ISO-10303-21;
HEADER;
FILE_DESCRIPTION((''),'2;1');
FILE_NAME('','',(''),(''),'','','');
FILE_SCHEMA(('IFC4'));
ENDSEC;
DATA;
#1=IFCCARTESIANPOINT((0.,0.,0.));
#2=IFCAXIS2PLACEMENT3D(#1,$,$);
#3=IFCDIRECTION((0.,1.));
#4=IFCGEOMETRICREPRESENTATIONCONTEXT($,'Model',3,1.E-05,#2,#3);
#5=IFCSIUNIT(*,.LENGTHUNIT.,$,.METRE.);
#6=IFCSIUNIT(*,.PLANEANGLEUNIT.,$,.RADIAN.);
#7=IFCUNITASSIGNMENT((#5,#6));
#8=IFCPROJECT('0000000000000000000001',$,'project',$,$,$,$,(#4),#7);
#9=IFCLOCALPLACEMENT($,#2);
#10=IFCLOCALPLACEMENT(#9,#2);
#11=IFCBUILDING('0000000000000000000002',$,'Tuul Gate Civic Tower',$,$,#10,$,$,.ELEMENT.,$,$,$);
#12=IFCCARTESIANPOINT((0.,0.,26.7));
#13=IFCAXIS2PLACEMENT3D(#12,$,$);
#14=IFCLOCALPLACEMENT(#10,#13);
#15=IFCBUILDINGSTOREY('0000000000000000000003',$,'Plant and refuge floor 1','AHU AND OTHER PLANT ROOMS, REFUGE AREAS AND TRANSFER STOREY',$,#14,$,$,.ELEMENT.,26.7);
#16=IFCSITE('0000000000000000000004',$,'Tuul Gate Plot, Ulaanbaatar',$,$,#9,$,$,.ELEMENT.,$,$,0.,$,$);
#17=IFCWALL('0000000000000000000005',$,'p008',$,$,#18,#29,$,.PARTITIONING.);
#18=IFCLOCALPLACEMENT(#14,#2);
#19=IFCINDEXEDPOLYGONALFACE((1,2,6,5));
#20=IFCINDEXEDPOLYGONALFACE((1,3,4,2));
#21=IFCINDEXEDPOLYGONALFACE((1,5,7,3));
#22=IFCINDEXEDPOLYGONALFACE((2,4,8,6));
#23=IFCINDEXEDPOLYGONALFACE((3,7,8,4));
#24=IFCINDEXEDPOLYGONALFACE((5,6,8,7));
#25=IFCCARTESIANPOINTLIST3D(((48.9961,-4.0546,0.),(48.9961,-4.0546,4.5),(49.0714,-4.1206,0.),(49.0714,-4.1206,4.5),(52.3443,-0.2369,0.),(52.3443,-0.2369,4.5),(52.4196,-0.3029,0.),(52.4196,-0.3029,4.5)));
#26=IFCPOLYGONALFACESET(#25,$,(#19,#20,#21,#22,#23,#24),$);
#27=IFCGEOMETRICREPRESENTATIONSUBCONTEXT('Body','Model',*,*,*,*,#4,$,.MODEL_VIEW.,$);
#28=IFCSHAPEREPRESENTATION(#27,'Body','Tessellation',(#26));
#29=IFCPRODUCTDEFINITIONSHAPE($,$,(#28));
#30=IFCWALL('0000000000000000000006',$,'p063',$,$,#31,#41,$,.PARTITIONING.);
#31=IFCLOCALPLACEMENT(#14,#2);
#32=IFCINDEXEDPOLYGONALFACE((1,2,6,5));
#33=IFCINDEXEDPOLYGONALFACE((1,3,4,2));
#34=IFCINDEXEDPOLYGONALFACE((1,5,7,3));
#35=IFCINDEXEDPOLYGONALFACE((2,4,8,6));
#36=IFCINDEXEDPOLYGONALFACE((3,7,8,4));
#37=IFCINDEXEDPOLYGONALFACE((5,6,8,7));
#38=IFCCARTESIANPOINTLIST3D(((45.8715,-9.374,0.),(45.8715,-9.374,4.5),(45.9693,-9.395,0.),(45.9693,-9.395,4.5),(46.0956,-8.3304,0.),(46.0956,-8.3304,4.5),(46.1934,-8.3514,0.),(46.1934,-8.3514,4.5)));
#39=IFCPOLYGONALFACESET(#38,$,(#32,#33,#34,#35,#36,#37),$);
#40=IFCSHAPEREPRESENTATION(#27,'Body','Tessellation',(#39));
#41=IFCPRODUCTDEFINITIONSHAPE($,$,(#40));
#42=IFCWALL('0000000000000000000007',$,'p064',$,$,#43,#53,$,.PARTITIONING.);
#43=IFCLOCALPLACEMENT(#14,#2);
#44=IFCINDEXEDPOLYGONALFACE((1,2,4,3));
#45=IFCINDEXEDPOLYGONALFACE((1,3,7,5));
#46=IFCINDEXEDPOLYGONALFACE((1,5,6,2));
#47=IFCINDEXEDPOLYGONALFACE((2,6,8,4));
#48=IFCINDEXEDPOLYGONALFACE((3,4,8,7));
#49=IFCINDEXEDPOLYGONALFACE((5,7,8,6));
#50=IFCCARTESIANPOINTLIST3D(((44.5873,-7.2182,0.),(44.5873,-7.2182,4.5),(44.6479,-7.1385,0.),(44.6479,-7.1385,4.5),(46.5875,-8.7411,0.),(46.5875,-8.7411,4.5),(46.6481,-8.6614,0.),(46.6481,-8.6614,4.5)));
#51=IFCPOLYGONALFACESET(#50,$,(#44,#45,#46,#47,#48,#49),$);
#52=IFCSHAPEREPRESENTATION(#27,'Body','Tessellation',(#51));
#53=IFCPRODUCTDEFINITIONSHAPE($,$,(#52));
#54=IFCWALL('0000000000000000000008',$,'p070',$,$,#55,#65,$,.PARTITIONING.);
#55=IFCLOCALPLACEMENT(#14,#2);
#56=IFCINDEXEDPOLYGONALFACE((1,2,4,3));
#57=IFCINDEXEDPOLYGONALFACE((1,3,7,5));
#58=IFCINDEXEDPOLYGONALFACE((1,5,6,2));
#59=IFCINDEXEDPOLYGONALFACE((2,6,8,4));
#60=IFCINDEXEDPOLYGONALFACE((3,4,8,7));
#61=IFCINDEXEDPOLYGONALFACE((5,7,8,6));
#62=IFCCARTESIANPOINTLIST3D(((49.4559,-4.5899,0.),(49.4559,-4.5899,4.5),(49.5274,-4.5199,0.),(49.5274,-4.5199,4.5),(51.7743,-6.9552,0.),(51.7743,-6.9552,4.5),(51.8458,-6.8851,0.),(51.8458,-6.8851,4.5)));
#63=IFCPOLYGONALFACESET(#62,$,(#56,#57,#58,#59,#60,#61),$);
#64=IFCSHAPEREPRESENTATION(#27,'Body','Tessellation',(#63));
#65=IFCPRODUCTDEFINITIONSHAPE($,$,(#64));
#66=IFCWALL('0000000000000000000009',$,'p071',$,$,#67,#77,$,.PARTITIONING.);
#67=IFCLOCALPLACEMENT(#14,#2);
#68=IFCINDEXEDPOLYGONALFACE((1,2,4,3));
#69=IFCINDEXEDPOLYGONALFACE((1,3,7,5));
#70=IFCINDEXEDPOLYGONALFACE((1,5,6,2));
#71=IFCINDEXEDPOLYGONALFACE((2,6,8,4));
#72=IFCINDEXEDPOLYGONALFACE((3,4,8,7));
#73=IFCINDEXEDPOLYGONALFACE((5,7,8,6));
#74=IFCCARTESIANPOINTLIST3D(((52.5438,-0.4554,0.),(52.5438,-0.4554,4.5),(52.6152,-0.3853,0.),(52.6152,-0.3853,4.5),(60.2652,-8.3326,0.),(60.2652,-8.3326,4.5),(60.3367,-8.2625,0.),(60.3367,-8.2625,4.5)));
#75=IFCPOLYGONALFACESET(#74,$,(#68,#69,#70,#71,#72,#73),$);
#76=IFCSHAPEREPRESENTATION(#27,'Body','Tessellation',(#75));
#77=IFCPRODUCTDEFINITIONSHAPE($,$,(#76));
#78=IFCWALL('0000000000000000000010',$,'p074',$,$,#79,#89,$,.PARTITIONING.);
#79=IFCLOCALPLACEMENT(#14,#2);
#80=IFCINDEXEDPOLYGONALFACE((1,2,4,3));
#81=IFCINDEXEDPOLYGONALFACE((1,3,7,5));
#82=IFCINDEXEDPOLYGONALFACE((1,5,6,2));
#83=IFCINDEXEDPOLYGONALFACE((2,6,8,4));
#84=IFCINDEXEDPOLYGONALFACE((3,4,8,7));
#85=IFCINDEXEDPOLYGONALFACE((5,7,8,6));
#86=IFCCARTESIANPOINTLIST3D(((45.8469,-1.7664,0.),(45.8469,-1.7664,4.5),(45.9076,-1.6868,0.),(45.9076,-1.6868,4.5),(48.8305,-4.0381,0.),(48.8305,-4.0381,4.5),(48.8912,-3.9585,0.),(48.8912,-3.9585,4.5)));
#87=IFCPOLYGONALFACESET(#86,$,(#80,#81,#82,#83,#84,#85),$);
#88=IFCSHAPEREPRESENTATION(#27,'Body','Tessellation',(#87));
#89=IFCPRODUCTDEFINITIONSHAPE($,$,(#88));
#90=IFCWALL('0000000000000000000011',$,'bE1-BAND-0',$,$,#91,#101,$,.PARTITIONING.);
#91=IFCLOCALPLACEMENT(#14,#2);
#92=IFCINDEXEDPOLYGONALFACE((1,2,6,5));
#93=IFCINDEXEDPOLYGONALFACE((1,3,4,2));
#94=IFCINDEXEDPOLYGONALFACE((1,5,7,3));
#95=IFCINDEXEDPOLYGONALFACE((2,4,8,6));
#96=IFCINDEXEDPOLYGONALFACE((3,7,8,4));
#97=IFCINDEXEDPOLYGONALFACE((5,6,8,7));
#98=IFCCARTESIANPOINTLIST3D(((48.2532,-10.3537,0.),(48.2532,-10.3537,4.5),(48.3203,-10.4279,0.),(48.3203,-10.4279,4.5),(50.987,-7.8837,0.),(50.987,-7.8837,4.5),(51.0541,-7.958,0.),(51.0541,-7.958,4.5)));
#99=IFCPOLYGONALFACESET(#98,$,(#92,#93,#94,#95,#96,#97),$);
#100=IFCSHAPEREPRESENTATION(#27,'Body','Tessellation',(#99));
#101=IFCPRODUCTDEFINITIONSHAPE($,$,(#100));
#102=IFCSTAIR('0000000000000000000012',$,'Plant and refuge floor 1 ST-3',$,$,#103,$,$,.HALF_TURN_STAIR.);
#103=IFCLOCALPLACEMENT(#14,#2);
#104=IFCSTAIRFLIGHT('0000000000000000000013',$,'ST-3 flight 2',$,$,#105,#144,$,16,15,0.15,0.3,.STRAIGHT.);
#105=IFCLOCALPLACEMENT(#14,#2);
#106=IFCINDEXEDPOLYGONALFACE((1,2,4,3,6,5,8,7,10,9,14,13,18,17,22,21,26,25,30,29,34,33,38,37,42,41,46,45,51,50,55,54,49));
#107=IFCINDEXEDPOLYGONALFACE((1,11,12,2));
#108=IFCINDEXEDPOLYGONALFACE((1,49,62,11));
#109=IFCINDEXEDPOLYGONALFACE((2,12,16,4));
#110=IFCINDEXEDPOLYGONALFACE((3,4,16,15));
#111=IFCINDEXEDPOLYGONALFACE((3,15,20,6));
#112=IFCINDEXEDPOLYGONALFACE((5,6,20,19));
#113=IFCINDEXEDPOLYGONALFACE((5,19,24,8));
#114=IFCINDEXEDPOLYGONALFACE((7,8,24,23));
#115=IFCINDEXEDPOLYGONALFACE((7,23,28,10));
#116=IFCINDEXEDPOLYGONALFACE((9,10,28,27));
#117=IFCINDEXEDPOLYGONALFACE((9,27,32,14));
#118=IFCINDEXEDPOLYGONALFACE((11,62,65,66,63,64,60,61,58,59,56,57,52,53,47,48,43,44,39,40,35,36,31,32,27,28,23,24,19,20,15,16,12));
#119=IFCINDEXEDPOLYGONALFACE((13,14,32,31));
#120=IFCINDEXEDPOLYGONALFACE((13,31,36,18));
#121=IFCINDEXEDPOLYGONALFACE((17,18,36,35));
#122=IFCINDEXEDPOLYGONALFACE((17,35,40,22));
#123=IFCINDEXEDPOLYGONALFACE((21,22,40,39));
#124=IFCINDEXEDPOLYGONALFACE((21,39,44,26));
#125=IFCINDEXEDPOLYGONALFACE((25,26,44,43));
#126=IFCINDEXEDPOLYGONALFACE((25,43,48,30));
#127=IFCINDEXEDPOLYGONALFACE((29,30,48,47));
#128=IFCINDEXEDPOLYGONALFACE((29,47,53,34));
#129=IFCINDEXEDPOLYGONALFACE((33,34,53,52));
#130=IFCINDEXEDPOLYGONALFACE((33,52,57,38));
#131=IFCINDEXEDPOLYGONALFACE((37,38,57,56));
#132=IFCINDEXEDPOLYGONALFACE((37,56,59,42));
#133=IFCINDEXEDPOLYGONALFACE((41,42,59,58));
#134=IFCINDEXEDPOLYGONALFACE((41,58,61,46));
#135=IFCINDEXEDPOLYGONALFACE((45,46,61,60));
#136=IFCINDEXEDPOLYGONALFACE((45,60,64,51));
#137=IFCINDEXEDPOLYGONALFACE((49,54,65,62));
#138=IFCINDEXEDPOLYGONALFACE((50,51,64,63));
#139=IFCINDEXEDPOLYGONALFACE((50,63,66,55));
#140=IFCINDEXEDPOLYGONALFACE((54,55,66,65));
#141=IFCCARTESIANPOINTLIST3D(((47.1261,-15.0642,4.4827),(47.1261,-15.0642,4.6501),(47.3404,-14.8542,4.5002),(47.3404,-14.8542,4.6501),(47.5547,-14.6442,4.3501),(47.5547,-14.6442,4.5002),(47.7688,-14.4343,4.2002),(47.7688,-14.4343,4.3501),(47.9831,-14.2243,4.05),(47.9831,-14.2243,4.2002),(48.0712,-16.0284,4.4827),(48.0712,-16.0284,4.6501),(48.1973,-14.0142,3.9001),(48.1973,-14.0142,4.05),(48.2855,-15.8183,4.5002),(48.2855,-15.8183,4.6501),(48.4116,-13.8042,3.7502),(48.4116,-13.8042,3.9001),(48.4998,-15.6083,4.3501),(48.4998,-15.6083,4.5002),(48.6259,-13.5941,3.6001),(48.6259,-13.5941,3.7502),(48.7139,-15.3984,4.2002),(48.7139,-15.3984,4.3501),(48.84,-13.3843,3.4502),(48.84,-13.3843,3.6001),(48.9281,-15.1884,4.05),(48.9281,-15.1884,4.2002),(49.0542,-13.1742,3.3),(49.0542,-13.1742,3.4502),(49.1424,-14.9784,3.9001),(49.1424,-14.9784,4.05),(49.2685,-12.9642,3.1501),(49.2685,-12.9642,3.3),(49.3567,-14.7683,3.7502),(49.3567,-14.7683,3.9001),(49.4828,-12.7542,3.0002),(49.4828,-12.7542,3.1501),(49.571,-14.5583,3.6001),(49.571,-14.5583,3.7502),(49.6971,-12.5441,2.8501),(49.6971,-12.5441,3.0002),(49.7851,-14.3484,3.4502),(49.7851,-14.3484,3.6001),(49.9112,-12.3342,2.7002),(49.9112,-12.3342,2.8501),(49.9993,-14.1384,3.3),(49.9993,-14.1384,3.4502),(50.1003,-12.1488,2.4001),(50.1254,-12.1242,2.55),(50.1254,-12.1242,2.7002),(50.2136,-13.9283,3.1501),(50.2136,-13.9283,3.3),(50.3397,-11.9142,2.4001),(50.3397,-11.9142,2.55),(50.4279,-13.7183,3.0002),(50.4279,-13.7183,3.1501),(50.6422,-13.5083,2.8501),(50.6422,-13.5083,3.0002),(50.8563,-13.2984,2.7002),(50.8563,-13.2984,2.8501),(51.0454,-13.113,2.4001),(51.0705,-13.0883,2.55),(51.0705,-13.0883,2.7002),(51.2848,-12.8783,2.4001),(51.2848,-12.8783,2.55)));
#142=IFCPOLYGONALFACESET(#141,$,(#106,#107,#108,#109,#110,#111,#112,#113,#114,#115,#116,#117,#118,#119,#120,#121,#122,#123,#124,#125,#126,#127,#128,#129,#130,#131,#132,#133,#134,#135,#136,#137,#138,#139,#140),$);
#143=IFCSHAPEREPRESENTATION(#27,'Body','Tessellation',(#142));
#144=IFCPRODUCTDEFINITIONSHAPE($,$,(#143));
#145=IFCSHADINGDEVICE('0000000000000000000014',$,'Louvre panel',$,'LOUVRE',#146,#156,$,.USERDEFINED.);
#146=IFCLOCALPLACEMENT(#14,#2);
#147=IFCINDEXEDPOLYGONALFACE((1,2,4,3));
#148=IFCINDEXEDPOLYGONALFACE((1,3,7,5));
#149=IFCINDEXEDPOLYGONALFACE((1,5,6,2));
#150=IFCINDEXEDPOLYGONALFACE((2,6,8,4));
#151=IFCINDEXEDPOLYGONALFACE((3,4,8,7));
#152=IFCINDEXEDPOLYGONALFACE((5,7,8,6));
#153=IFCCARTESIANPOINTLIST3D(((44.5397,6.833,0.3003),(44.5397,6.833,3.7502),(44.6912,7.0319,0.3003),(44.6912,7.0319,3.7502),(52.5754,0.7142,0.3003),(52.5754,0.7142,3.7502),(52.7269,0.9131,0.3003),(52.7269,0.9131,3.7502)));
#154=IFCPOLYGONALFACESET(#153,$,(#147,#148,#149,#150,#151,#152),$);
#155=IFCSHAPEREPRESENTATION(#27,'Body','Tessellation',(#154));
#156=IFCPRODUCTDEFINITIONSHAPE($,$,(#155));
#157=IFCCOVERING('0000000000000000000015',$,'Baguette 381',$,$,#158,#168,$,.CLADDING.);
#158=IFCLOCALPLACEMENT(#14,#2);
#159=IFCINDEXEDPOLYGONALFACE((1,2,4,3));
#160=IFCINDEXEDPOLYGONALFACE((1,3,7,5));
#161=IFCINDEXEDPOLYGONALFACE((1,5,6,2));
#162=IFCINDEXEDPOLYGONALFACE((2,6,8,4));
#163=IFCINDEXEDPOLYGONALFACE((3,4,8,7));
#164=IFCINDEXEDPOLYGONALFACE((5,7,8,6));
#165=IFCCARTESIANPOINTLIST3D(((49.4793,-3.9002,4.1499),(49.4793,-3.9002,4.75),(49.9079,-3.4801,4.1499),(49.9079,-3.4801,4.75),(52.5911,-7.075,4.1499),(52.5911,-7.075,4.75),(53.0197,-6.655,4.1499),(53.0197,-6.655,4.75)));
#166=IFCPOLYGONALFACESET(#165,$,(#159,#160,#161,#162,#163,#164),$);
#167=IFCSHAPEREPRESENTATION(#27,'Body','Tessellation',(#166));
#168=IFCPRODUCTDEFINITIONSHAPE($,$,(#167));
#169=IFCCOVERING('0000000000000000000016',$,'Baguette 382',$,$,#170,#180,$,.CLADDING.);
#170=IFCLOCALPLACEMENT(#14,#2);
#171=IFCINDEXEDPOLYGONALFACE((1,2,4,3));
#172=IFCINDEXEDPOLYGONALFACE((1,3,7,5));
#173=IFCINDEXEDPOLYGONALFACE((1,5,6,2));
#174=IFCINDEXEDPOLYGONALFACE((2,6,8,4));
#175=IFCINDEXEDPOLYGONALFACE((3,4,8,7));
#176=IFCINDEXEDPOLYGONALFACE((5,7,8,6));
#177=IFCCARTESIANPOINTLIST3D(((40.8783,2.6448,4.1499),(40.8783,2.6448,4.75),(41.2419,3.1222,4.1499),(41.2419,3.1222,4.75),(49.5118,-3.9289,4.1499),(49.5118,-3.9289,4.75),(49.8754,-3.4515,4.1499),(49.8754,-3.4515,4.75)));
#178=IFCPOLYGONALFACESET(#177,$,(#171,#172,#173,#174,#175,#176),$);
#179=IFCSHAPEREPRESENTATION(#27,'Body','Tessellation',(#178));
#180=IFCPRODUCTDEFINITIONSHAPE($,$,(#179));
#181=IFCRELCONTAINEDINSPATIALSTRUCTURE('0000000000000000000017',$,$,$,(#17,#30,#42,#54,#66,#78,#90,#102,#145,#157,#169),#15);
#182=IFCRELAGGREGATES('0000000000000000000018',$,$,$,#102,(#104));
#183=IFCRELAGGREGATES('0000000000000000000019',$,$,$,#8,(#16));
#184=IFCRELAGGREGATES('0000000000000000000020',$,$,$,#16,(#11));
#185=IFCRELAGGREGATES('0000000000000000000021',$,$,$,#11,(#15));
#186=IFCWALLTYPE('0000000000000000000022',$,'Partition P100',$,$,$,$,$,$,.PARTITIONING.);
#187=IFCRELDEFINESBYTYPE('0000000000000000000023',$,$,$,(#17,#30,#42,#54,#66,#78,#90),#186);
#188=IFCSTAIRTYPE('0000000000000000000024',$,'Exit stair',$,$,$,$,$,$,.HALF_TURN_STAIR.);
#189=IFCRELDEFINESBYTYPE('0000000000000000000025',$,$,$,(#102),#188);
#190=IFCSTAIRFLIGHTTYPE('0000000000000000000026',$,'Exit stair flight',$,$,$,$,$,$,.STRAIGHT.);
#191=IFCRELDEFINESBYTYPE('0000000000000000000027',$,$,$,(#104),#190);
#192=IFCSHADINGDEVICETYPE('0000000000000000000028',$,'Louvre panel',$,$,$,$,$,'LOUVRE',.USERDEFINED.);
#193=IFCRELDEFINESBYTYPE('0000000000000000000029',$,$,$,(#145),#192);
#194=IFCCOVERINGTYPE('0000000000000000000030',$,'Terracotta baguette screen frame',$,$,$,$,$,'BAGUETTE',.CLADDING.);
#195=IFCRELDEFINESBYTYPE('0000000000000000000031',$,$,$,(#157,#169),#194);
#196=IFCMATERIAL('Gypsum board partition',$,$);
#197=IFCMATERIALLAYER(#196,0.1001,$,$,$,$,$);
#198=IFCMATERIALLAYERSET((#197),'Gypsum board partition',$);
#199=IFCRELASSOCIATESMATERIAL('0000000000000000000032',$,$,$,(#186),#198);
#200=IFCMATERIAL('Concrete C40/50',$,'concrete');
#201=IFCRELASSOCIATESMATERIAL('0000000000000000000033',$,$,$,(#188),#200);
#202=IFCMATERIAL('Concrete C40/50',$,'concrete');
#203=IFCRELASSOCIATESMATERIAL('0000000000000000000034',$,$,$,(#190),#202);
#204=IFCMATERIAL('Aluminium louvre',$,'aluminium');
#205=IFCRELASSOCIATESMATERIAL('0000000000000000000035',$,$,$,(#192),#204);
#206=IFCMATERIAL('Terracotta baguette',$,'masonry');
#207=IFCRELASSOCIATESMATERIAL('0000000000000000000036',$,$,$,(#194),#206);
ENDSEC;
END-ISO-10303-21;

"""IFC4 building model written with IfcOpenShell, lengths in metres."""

from ifc_helpers import new_model, si_unit, direction, frame, frame_2d, origin, origin_2d, place, context, subcontext, project, spatial, polyline, rectangle, outline, extrude, material, layer, layer_set, material_profile, profile_set, type_object, element, aggregate, save


model = new_model("IFC4")

# Units and contexts
model_context = context("Model", 3, precision=1e-05, world=origin(), true_north=direction((0.0, 1.0)))
body_context = subcontext(model_context, "Body", "Model", "MODEL_VIEW")
ifc_project = project(units=[si_unit("LENGTHUNIT", "METRE"), si_unit("PLANEANGLEUNIT", "RADIAN")], contexts=[model_context])

# Site, building, storey
site_placement = place(None, origin())
site = spatial("IfcSite", under=ifc_project, at=site_placement, Name="Tuul Gate Plot, Ulaanbaatar", CompositionType="ELEMENT", RefElevation=0.0)
building_placement = place(site_placement, origin())
building = spatial("IfcBuilding", under=site, at=building_placement, Name="Tuul Gate Civic Tower", CompositionType="ELEMENT")
storey_placement = place(building_placement, frame((0.0, 0.0, 26.7)))
storey = spatial("IfcBuildingStorey", under=building, at=storey_placement, Name="Plant and refuge floor 1", Description="AHU AND OTHER PLANT ROOMS, REFUGE AREAS AND TRANSFER STOREY", CompositionType="ELEMENT", Elevation=26.7)

# Walls
ifc_material_1 = material(Name="Gypsum board partition")
ifc_layer_1 = layer(ifc_material_1, 0.1001)
ifc_layer_set_1 = layer_set([ifc_layer_1], Name="Gypsum board partition")
wall_type_1 = type_object("IfcWallType", Name="Partition P100", PredefinedType="PARTITIONING", material=ifc_layer_set_1)
wall_1_placement = place(storey_placement, frame((49.0337, -4.0876, 0.0), z_axis=(0.0, 0.0, 1.0), x_axis=(0.659365, 0.751823, 0.0)))
element("IfcWall", 1, at=wall_1_placement, inside=storey, type_object=wall_type_1, Name="p008", PredefinedType="PARTITIONING", context=body_context, shape_type="SweptSolid", body=[
    extrude(rectangle(XDim=5.0779, YDim=0.1001, at=frame_2d((2.5391, 0.0))), origin(), (0.0, 0.0, 1.0), 4.5),
])
wall_2_placement = place(storey_placement, frame((45.9204, -9.3845, 0.0), z_axis=(0.0, 0.0, 1.0), x_axis=(0.209951, 0.977712, 0.0)))
element("IfcWall", 2, at=wall_2_placement, inside=storey, type_object=wall_type_1, Name="p063", PredefinedType="PARTITIONING", context=body_context, shape_type="SweptSolid", body=[
    extrude(rectangle(XDim=1.0674, YDim=0.1001, at=frame_2d((0.5337, 0.0))), origin(), (0.0, 0.0, 1.0), 4.5),
])
wall_3_placement = place(storey_placement, frame((46.6177, -8.7012, 0.0), z_axis=(0.0, 0.0, 1.0), x_axis=(-0.795632, 0.60578, 0.0)))
element("IfcWall", 3, at=wall_3_placement, inside=storey, type_object=wall_type_1, Name="p064", PredefinedType="PARTITIONING", context=body_context, shape_type="SweptSolid", body=[
    extrude(rectangle(XDim=2.5139, YDim=0.1001, at=frame_2d((1.2568, 0.0))), origin(), (0.0, 0.0, 1.0), 4.5),
])
wall_4_placement = place(storey_placement, frame((51.8101, -6.9202, 0.0), z_axis=(0.0, 0.0, 1.0), x_axis=(-0.699995, 0.714148, 0.0)))
element("IfcWall", 4, at=wall_4_placement, inside=storey, type_object=wall_type_1, Name="p070", PredefinedType="PARTITIONING", context=body_context, shape_type="SweptSolid", body=[
    extrude(rectangle(XDim=3.312, YDim=0.1001, at=frame_2d((1.656, 0.0))), origin(), (0.0, 0.0, 1.0), 4.5),
])
wall_5_placement = place(storey_placement, frame((52.5796, -0.4204, 0.0), z_axis=(0.0, 0.0, 1.0), x_axis=(0.700011, -0.714132, 0.0)))
element("IfcWall", 5, at=wall_5_placement, inside=storey, type_object=wall_type_1, Name="p071", PredefinedType="PARTITIONING", context=body_context, shape_type="SweptSolid", body=[
    extrude(rectangle(XDim=11.0305, YDim=0.1001, at=frame_2d((5.5151, 0.0))), origin(), (0.0, 0.0, 1.0), 4.5),
])
wall_6_placement = place(storey_placement, frame((48.8608, -3.9983, 0.0), z_axis=(0.0, 0.0, 1.0), x_axis=(-0.795627, 0.605786, 0.0)))
element("IfcWall", 6, at=wall_6_placement, inside=storey, type_object=wall_type_1, Name="p074", PredefinedType="PARTITIONING", context=body_context, shape_type="SweptSolid", body=[
    extrude(rectangle(XDim=3.75, YDim=0.1001, at=frame_2d((1.875, 0.0))), origin(), (0.0, 0.0, 1.0), 4.5),
])
wall_7_placement = place(storey_placement, frame((48.2866, -10.3909, 0.0), z_axis=(0.0, 0.0, 1.0), x_axis=(0.742014, 0.670384, 0.0)))
element("IfcWall", 7, at=wall_7_placement, inside=storey, type_object=wall_type_1, Name="bE1-BAND-0", PredefinedType="PARTITIONING", context=body_context, shape_type="SweptSolid", body=[
    extrude(rectangle(XDim=3.6843, YDim=0.1001, at=frame_2d((1.8423, 0.0))), origin(), (0.0, 0.0, 1.0), 4.5),
])

# Stair, stair flight
ifc_material_2 = material(Name="Concrete C40/50", Category="concrete")
stair_type = type_object("IfcStairType", Name="Exit stair", PredefinedType="HALF_TURN_STAIR", material=ifc_material_2)
stair_placement = place(storey_placement, origin())
stair = element("IfcStair", 8, at=stair_placement, inside=storey, type_object=stair_type, Name="Plant and refuge floor 1 ST-3", PredefinedType="HALF_TURN_STAIR")
ifc_material_3 = material(Name="Concrete C40/50", Category="concrete")
stair_flight_type = type_object("IfcStairFlightType", Name="Exit stair flight", PredefinedType="STRAIGHT", material=ifc_material_3)
stair_flight_placement = place(storey_placement, frame((50.8123, -12.3962, 2.4001), z_axis=(0.0, 0.0, 1.0), x_axis=(-0.714127, -0.700016, 0.0)))
stair_flight = element("IfcStairFlight", 9, at=stair_flight_placement, type_object=stair_flight_type, Name="ST-3 flight 2", NumberOfRisers=16, NumberOfTreads=15, PredefinedType="STRAIGHT", RiserHeight=0.15, TreadLength=0.3, context=body_context, shape_type="SweptSolid", body=[
    extrude(outline(polyline([(0.0, 0.0), (0.0, 0.1499), (0.3, 0.1499), (0.3, 0.3), (0.6001, 0.3), (0.6001, 0.45), (0.8999, 0.45), (0.8999, 0.6001), (1.2, 0.6001), (1.2, 0.75), (1.5, 0.75), (1.5, 0.8999), (1.8, 0.8999), (1.8, 1.05), (2.1001, 1.05), (2.1001, 1.2), (2.3999, 1.2), (2.3999, 1.3501), (2.7, 1.3501), (2.7, 1.5), (3.0, 1.5), (3.0, 1.6499), (3.3, 1.6499), (3.3, 1.8), (3.6001, 1.8), (3.6001, 1.95), (3.8999, 1.95), (3.8999, 2.1001), (4.2, 2.1001), (4.2, 2.25), (4.5, 2.25), (4.5, 2.3999), (4.5, 2.0825), (0.3352, 0.0), (0.0, 0.0)])), frame((0.0, 0.675, 0.0), z_axis=(0.0, -1.0, 0.0), x_axis=(1.0, 0.0, 0.0)), (0.0, 0.0, 1.0), 1.3501),
])
aggregate(stair, [stair_flight])

# Shading device
ifc_material_4 = material(Name="Aluminium louvre", Category="aluminium")
shading_device_type = type_object("IfcShadingDeviceType", Name="Louvre panel", ElementType="LOUVRE", PredefinedType="USERDEFINED", material=ifc_material_4)
shading_device_placement = place(storey_placement, frame((48.6333, 3.873, 0.3003), z_axis=(0.0, 0.0, 1.0), x_axis=(0.605812, 0.795608, 0.0)))
element("IfcShadingDevice", 10, at=shading_device_placement, inside=storey, type_object=shading_device_type, Name="Louvre panel", ObjectType="LOUVRE", PredefinedType="USERDEFINED", context=body_context, shape_type="SweptSolid", body=[
    extrude(rectangle(XDim=0.25, YDim=10.1001, at=origin_2d()), origin(), (0.0, 0.0, 1.0), 3.45),
])

# Coverings
ifc_material_5 = material(Name="Terracotta baguette", Category="masonry")
ifc_material_profile_1 = material_profile(ifc_material_5, rectangle(XDim=0.6001, YDim=0.6001, at=origin_2d()), Name="Terracotta baguette screen frame")
ifc_profile_set_1 = profile_set([ifc_material_profile_1], Name="Terracotta baguette")
covering_type = type_object("IfcCoveringType", Name="Terracotta baguette screen frame", ElementType="BAGUETTE", PredefinedType="CLADDING", material=ifc_profile_set_1)
covering_1_placement = place(storey_placement, frame((52.8054, -6.865, 4.45), z_axis=(-0.699987, 0.714156, 0.0), x_axis=(-0.714156, -0.699987, 0.0)))
element("IfcCovering", 11, at=covering_1_placement, inside=storey, type_object=covering_type, Name="Baguette 381", PredefinedType="CLADDING", context=body_context, shape_type="SweptSolid", body=[
    extrude(rectangle(XDim=0.6001, YDim=0.6001, at=origin_2d()), origin(), (0.0, 0.0, 1.0), 4.4456),
])
covering_2_placement = place(storey_placement, frame((49.6936, -3.6902, 4.45), z_axis=(-0.795619, 0.605798, 0.0), x_axis=(-0.605798, -0.795619, 0.0)))
element("IfcCovering", 12, at=covering_2_placement, inside=storey, type_object=covering_type, Name="Baguette 382", PredefinedType="CLADDING", context=body_context, shape_type="SweptSolid", body=[
    extrude(rectangle(XDim=0.6001, YDim=0.6001, at=origin_2d()), origin(), (0.0, 0.0, 1.0), 10.8513),
])

save(model, "model.ifc")
